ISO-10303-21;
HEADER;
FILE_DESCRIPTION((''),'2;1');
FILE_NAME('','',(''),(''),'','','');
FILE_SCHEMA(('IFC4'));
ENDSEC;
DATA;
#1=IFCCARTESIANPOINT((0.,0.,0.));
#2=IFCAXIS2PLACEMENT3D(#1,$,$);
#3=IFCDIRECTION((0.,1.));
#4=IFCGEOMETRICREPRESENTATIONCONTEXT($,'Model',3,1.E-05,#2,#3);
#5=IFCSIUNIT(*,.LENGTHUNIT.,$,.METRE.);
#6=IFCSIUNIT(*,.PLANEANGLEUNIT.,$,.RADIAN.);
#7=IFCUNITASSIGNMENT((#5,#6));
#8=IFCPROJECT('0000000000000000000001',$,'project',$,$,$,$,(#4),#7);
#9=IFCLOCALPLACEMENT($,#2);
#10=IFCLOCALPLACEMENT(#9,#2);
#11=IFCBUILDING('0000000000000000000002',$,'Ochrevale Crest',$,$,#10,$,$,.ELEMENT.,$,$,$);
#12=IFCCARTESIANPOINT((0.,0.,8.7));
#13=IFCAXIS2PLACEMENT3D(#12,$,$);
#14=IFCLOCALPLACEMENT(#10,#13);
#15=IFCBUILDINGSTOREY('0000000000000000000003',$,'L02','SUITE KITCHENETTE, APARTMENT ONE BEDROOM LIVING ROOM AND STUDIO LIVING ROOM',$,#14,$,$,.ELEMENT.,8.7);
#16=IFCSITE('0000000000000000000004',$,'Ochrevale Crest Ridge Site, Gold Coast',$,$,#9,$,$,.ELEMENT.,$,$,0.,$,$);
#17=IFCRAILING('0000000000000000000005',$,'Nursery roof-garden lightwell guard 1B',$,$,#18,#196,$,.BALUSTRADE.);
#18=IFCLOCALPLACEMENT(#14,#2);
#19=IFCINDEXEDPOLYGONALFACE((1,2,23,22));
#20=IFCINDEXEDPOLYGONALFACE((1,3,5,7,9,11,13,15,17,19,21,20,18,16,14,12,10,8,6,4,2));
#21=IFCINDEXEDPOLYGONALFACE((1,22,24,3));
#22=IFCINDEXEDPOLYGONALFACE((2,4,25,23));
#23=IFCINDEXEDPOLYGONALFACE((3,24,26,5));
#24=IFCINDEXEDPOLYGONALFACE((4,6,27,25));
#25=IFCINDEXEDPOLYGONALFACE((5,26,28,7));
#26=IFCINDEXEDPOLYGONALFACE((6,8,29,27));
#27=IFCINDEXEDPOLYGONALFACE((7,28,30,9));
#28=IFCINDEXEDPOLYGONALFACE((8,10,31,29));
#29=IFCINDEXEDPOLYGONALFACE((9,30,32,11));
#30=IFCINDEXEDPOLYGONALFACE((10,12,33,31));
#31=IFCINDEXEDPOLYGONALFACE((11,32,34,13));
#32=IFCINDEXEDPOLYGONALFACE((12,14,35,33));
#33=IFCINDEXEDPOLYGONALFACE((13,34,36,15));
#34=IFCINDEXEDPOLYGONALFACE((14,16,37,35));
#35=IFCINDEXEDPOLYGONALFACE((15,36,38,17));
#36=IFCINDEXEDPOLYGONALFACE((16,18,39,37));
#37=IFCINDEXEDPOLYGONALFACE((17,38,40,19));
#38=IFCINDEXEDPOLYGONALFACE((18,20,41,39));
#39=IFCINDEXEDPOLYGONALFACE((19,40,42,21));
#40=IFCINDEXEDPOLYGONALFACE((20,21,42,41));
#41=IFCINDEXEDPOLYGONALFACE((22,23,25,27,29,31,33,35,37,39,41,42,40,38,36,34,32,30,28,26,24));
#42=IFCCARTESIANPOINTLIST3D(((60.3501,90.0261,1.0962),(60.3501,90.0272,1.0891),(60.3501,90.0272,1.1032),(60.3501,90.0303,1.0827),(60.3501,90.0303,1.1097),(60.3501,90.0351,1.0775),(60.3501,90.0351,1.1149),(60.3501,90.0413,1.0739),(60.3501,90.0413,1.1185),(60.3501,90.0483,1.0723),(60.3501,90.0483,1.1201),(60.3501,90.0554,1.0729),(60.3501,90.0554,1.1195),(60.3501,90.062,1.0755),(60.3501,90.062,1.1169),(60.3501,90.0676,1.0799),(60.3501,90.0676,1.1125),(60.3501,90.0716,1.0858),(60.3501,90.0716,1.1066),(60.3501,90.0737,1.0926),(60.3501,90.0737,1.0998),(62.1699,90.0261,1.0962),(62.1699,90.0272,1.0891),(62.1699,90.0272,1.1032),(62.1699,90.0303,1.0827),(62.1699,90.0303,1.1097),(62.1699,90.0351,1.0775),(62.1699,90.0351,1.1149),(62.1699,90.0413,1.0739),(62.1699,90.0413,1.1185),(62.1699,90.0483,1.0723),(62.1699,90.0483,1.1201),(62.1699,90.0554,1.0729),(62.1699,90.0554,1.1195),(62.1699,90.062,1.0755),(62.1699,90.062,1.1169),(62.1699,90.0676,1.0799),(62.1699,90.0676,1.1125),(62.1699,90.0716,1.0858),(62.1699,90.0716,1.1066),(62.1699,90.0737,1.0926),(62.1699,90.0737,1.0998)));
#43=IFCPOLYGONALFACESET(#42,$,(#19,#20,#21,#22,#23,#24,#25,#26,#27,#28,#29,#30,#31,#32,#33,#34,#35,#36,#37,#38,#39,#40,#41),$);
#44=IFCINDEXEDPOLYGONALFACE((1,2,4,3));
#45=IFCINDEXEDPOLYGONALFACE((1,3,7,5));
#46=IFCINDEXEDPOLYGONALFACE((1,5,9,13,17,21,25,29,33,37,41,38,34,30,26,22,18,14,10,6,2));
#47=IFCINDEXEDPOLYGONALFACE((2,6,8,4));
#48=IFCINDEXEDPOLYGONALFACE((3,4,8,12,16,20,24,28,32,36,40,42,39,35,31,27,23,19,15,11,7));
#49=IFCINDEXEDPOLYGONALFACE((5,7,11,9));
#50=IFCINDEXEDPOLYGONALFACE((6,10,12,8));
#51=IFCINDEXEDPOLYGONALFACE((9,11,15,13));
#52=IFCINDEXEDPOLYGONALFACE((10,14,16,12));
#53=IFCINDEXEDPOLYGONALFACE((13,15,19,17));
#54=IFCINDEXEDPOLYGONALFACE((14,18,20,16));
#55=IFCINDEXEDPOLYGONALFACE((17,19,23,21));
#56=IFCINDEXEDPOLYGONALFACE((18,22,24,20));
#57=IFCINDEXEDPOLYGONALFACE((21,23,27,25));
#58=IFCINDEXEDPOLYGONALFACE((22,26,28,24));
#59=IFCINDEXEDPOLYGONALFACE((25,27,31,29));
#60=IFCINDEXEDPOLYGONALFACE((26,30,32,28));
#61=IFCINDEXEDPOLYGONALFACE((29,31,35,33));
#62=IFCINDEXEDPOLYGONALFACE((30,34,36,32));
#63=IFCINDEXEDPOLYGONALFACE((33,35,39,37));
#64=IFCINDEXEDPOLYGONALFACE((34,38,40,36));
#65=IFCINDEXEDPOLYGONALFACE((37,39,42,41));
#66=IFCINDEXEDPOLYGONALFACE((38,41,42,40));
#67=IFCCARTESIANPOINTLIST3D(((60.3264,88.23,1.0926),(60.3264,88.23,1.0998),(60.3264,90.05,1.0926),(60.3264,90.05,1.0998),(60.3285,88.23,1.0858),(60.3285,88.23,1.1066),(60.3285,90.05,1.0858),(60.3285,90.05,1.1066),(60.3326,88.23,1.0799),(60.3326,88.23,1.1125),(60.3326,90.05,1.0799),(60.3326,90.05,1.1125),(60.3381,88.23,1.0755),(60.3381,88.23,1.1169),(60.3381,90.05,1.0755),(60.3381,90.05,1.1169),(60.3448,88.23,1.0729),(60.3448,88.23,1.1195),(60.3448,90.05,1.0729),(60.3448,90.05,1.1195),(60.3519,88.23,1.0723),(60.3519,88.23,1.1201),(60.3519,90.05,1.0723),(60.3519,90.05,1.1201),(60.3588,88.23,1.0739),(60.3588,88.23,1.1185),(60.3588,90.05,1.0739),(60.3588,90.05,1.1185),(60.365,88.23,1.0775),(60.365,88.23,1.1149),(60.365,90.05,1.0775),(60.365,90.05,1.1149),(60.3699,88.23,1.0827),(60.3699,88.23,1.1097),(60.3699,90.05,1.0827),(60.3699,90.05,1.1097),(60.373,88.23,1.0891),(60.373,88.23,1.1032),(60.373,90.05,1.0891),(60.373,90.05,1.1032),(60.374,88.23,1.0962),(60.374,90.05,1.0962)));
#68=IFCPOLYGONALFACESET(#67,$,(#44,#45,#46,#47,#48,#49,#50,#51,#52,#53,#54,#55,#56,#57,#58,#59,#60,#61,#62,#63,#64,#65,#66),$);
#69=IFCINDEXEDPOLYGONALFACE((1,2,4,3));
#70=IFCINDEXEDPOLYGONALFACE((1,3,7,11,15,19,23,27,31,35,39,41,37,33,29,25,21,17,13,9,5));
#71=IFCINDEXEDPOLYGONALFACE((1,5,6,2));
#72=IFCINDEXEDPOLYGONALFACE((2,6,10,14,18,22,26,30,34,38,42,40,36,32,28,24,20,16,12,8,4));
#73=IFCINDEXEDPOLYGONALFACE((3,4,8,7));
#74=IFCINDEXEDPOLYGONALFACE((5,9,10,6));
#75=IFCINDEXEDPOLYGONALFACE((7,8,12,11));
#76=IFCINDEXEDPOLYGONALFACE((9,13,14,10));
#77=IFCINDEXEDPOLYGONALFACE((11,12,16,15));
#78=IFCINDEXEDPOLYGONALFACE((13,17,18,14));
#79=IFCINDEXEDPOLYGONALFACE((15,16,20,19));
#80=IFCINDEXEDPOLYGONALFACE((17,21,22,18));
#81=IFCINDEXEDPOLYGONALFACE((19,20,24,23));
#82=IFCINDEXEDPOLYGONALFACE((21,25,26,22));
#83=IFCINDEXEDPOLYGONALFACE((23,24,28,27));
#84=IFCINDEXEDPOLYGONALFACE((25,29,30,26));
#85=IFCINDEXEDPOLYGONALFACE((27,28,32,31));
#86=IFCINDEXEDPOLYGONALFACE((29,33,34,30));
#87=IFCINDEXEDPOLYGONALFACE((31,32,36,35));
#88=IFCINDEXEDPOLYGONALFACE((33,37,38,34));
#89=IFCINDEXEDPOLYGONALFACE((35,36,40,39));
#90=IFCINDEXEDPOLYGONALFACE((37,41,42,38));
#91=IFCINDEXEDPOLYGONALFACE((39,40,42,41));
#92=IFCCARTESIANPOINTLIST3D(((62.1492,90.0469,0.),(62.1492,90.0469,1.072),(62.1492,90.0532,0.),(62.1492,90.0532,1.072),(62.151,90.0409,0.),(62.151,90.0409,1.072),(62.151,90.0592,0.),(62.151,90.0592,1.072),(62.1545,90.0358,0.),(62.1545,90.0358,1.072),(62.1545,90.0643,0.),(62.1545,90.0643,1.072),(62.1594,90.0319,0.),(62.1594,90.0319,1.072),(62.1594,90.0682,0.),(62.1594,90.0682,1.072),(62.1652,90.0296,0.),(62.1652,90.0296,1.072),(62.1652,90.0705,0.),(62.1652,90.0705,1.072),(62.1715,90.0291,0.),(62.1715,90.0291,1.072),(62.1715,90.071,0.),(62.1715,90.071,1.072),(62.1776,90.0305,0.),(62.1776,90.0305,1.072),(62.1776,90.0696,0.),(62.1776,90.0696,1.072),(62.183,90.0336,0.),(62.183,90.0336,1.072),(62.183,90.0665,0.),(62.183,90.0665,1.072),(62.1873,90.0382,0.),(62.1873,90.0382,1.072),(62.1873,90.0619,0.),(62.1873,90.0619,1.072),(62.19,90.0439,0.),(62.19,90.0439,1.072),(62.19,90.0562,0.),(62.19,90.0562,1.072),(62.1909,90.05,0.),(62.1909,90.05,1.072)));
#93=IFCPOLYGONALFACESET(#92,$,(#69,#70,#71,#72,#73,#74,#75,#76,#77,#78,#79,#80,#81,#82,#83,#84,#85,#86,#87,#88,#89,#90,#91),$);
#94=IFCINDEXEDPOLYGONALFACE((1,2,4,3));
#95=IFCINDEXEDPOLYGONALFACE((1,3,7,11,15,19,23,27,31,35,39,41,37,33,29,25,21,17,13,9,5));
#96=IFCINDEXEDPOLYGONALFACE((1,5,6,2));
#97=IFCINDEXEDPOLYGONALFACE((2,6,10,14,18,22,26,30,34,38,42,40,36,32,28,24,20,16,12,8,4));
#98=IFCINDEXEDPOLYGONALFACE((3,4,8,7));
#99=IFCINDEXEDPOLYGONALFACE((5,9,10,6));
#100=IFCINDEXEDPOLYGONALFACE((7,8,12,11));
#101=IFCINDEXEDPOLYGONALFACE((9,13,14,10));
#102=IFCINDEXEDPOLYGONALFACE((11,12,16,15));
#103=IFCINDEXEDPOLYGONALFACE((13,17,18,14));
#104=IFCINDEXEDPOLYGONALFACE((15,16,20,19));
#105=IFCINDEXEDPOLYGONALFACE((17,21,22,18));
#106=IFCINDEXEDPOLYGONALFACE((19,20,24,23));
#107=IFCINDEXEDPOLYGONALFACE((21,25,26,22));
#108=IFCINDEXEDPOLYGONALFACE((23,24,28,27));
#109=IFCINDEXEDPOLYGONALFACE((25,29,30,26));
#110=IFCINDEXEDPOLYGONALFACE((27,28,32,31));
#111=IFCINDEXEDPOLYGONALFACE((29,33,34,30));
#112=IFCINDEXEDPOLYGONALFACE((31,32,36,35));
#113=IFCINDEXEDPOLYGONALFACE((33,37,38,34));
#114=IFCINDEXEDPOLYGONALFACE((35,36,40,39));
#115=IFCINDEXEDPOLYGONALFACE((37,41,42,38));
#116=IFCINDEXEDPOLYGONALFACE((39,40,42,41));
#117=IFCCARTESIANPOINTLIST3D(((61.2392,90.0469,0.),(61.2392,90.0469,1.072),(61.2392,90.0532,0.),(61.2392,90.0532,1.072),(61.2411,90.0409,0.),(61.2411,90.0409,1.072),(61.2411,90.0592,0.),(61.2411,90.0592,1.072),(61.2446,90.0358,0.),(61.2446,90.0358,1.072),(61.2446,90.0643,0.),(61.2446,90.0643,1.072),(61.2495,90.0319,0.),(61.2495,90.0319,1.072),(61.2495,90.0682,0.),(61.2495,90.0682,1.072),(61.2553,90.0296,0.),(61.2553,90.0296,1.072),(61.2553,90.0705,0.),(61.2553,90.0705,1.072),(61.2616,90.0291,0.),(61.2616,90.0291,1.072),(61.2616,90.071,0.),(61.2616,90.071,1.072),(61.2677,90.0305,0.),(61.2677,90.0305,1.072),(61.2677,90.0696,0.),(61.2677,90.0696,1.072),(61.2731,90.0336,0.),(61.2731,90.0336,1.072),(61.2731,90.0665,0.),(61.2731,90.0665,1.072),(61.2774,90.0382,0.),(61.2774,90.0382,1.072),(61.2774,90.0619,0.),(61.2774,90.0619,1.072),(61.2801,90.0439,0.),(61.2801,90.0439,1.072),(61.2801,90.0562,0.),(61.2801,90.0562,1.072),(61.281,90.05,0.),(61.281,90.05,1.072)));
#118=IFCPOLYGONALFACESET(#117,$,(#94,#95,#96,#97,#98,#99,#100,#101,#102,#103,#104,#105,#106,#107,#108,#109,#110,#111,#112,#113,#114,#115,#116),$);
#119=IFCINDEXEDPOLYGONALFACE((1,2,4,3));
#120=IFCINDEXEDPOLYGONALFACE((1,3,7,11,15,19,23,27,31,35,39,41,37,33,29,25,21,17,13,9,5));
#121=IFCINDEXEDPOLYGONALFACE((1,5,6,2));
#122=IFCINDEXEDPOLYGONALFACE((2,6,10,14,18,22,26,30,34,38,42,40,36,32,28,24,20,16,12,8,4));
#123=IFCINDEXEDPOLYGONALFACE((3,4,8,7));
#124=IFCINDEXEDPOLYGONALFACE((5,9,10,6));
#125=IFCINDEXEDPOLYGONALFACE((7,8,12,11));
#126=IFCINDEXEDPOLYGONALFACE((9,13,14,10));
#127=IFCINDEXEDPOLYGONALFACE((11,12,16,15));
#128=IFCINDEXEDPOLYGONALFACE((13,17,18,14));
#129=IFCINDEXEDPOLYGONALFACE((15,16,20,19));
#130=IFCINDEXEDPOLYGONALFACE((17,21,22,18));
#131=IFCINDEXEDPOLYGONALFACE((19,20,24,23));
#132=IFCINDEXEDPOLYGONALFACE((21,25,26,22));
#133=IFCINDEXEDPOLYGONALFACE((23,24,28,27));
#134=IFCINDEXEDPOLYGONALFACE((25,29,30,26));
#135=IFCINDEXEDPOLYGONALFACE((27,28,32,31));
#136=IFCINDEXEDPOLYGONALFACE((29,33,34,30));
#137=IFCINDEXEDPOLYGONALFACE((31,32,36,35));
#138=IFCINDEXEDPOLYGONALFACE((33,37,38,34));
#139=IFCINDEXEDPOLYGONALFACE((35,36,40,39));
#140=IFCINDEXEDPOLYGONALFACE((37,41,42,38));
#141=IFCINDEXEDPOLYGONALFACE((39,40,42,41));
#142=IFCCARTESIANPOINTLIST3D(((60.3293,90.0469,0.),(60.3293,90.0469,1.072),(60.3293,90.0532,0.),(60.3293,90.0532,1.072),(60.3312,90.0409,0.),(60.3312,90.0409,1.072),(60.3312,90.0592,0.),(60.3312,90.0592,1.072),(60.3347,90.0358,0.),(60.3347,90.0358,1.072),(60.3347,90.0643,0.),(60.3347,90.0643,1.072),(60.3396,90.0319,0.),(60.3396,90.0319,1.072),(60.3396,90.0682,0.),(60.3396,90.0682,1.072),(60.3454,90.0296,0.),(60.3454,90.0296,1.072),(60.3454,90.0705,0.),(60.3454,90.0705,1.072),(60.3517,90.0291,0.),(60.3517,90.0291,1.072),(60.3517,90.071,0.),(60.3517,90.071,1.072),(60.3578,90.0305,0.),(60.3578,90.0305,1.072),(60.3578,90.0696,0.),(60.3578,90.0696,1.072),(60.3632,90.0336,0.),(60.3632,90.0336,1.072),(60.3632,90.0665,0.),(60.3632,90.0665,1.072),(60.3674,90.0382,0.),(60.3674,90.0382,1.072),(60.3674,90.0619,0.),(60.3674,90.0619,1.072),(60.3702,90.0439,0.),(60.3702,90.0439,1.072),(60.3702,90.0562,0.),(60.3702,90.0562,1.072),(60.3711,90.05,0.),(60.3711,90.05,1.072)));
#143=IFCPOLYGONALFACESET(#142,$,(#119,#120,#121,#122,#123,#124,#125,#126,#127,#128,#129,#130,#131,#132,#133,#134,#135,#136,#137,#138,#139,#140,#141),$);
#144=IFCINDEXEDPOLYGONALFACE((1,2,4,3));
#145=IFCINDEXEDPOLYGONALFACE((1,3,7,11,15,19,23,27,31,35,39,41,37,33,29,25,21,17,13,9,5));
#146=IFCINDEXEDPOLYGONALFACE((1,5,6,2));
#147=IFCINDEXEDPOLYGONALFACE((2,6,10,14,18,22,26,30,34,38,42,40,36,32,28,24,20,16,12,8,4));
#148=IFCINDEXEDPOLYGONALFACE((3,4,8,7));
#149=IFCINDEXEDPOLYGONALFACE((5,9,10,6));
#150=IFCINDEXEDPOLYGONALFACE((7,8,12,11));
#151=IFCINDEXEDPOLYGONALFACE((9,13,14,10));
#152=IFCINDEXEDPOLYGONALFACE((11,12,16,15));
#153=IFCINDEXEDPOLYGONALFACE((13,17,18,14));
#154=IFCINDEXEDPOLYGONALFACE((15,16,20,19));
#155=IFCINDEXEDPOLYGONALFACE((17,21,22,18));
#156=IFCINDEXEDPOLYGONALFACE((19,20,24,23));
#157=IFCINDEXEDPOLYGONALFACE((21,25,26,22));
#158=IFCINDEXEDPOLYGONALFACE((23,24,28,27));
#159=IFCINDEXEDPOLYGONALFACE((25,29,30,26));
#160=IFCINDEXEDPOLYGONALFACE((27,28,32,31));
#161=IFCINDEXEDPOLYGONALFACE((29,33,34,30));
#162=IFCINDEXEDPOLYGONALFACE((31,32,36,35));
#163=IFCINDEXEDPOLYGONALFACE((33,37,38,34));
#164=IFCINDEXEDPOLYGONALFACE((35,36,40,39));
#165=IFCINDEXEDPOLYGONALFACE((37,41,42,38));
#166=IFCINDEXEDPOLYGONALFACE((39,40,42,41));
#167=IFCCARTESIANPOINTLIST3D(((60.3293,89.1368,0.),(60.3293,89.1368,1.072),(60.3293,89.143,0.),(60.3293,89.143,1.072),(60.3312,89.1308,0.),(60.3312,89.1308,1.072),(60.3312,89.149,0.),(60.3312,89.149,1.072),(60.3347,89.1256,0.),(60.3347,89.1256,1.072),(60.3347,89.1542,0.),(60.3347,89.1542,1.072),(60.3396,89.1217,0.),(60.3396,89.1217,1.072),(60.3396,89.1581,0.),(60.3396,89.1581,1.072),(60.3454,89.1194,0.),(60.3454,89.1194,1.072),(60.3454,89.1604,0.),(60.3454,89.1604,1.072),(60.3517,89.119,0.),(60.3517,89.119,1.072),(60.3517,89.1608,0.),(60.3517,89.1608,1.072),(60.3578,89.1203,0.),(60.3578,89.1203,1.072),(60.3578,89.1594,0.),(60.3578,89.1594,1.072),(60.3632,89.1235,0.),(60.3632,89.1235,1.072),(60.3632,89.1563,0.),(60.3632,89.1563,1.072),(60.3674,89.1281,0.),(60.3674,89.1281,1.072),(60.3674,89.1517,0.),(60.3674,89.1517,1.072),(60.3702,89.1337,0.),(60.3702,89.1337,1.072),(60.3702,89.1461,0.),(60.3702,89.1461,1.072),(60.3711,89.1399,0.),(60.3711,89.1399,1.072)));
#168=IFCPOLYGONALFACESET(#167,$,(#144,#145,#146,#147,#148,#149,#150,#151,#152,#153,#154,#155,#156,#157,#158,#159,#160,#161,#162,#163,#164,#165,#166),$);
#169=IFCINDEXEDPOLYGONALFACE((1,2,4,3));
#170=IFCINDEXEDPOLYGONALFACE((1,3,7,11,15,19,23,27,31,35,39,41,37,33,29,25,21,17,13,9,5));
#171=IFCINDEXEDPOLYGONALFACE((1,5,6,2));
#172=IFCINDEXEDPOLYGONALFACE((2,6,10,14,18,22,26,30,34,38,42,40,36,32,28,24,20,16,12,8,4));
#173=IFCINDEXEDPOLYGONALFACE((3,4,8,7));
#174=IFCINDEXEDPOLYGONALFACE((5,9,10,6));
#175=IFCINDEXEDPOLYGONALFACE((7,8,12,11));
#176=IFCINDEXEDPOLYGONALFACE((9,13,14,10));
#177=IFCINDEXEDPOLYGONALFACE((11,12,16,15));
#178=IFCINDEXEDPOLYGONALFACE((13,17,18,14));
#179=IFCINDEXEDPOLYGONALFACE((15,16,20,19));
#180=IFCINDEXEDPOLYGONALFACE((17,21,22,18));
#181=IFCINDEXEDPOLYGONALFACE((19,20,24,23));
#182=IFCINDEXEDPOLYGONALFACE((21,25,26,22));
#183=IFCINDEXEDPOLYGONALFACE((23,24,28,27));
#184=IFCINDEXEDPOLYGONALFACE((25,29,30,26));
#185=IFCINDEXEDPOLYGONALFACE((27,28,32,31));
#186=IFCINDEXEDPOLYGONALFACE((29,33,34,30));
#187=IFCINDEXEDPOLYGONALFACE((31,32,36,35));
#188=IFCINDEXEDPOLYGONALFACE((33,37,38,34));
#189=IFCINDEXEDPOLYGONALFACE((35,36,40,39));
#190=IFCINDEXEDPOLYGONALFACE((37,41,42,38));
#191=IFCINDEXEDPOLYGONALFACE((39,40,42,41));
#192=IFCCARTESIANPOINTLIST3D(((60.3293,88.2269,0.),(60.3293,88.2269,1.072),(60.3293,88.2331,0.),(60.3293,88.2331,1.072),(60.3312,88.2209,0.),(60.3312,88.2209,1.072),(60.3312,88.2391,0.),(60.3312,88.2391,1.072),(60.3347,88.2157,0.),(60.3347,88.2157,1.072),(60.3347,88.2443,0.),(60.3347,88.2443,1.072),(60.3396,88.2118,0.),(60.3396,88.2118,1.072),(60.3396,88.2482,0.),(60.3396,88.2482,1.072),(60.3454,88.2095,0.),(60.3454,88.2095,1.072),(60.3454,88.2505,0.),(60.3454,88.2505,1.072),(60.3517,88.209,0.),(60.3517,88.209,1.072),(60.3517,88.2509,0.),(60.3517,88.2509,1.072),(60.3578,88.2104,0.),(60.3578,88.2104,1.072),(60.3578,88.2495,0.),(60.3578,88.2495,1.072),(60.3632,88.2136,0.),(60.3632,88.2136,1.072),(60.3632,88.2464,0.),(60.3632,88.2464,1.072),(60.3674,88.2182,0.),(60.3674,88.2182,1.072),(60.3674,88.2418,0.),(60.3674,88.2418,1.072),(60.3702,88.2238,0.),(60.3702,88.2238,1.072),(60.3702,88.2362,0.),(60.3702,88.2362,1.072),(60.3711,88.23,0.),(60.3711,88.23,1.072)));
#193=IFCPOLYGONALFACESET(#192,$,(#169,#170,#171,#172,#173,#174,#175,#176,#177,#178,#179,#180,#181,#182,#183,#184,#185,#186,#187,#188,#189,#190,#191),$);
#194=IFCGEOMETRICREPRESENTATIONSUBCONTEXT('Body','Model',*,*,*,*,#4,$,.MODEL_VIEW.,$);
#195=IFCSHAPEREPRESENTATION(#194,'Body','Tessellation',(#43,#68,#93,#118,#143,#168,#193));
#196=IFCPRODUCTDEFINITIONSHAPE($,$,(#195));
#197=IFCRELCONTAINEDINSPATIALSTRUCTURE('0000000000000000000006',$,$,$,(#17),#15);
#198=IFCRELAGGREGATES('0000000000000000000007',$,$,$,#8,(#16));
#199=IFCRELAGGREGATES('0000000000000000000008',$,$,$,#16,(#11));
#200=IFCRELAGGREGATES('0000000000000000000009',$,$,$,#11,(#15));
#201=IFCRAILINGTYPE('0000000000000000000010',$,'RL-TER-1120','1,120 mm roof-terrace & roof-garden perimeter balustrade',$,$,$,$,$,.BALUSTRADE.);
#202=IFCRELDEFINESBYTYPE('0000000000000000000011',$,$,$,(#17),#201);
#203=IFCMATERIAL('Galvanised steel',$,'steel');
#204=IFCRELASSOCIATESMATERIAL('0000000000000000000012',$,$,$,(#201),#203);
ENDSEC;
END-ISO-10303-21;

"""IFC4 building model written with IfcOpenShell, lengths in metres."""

from ifc_helpers import new_model, si_unit, direction, frame, origin, origin_2d, place, context, subcontext, project, spatial, circle, extrude, material, type_object, element, save


model = new_model("IFC4")

# Units and contexts
model_context = context("Model", 3, precision=1e-05, world=origin(), true_north=direction((0.0, 1.0)))
body_context = subcontext(model_context, "Body", "Model", "MODEL_VIEW")
ifc_project = project(units=[si_unit("LENGTHUNIT", "METRE"), si_unit("PLANEANGLEUNIT", "RADIAN")], contexts=[model_context])

# Site, building, storey
site_placement = place(None, origin())
site = spatial("IfcSite", under=ifc_project, at=site_placement, Name="Ochrevale Crest Ridge Site, Gold Coast", CompositionType="ELEMENT", RefElevation=0.0)
building_placement = place(site_placement, origin())
building = spatial("IfcBuilding", under=site, at=building_placement, Name="Ochrevale Crest", CompositionType="ELEMENT")
storey_placement = place(building_placement, frame((0.0, 0.0, 8.7)))
storey = spatial("IfcBuildingStorey", under=building, at=storey_placement, Name="L02", Description="SUITE KITCHENETTE, APARTMENT ONE BEDROOM LIVING ROOM AND STUDIO LIVING ROOM", CompositionType="ELEMENT", Elevation=8.7)

# Railing
ifc_material_1 = material(Name="Galvanised steel", Category="steel")
railing_type = type_object("IfcRailingType", Name="RL-TER-1120", Description="1,120 mm roof-terrace & roof-garden perimeter balustrade", PredefinedType="BALUSTRADE", material=ifc_material_1)
railing_1_placement = place(storey_placement, frame((62.1699, 90.05, 0.0)))
element("IfcRailing", 1, at=railing_1_placement, inside=storey, type_object=railing_type, Name="Nursery roof-garden lightwell guard 1B", PredefinedType="BALUSTRADE", context=body_context, shape_type="SweptSolid", body=[
    extrude(circle(Radius=0.0239, at=origin_2d()), frame((0.0, 0.0, 1.0962), z_axis=(-1.0, 0.0, 0.0), x_axis=(0.0, -1.0, 0.0)), (0.0, 0.0, 1.0), 1.8198),
    extrude(circle(Radius=0.0239, at=origin_2d()), frame((-1.8198, 0.0, 1.0962), z_axis=(0.0, -1.0, 0.0), x_axis=(1.0, 0.0, 0.0)), (0.0, 0.0, 1.0), 1.8201),
    extrude(circle(Radius=0.021, at=origin_2d()), origin(), (0.0, 0.0, 1.0), 1.072),
    extrude(circle(Radius=0.021, at=origin_2d()), frame((-0.9099, 0.0, 0.0)), (0.0, 0.0, 1.0), 1.072),
    extrude(circle(Radius=0.021, at=origin_2d()), frame((-1.8198, 0.0, 0.0)), (0.0, 0.0, 1.0), 1.072),
    extrude(circle(Radius=0.021, at=origin_2d()), frame((-1.8198, -0.9102, 0.0)), (0.0, 0.0, 1.0), 1.072),
    extrude(circle(Radius=0.021, at=origin_2d()), frame((-1.8198, -1.8201, 0.0)), (0.0, 0.0, 1.0), 1.072),
])

save(model, "model.ifc")
